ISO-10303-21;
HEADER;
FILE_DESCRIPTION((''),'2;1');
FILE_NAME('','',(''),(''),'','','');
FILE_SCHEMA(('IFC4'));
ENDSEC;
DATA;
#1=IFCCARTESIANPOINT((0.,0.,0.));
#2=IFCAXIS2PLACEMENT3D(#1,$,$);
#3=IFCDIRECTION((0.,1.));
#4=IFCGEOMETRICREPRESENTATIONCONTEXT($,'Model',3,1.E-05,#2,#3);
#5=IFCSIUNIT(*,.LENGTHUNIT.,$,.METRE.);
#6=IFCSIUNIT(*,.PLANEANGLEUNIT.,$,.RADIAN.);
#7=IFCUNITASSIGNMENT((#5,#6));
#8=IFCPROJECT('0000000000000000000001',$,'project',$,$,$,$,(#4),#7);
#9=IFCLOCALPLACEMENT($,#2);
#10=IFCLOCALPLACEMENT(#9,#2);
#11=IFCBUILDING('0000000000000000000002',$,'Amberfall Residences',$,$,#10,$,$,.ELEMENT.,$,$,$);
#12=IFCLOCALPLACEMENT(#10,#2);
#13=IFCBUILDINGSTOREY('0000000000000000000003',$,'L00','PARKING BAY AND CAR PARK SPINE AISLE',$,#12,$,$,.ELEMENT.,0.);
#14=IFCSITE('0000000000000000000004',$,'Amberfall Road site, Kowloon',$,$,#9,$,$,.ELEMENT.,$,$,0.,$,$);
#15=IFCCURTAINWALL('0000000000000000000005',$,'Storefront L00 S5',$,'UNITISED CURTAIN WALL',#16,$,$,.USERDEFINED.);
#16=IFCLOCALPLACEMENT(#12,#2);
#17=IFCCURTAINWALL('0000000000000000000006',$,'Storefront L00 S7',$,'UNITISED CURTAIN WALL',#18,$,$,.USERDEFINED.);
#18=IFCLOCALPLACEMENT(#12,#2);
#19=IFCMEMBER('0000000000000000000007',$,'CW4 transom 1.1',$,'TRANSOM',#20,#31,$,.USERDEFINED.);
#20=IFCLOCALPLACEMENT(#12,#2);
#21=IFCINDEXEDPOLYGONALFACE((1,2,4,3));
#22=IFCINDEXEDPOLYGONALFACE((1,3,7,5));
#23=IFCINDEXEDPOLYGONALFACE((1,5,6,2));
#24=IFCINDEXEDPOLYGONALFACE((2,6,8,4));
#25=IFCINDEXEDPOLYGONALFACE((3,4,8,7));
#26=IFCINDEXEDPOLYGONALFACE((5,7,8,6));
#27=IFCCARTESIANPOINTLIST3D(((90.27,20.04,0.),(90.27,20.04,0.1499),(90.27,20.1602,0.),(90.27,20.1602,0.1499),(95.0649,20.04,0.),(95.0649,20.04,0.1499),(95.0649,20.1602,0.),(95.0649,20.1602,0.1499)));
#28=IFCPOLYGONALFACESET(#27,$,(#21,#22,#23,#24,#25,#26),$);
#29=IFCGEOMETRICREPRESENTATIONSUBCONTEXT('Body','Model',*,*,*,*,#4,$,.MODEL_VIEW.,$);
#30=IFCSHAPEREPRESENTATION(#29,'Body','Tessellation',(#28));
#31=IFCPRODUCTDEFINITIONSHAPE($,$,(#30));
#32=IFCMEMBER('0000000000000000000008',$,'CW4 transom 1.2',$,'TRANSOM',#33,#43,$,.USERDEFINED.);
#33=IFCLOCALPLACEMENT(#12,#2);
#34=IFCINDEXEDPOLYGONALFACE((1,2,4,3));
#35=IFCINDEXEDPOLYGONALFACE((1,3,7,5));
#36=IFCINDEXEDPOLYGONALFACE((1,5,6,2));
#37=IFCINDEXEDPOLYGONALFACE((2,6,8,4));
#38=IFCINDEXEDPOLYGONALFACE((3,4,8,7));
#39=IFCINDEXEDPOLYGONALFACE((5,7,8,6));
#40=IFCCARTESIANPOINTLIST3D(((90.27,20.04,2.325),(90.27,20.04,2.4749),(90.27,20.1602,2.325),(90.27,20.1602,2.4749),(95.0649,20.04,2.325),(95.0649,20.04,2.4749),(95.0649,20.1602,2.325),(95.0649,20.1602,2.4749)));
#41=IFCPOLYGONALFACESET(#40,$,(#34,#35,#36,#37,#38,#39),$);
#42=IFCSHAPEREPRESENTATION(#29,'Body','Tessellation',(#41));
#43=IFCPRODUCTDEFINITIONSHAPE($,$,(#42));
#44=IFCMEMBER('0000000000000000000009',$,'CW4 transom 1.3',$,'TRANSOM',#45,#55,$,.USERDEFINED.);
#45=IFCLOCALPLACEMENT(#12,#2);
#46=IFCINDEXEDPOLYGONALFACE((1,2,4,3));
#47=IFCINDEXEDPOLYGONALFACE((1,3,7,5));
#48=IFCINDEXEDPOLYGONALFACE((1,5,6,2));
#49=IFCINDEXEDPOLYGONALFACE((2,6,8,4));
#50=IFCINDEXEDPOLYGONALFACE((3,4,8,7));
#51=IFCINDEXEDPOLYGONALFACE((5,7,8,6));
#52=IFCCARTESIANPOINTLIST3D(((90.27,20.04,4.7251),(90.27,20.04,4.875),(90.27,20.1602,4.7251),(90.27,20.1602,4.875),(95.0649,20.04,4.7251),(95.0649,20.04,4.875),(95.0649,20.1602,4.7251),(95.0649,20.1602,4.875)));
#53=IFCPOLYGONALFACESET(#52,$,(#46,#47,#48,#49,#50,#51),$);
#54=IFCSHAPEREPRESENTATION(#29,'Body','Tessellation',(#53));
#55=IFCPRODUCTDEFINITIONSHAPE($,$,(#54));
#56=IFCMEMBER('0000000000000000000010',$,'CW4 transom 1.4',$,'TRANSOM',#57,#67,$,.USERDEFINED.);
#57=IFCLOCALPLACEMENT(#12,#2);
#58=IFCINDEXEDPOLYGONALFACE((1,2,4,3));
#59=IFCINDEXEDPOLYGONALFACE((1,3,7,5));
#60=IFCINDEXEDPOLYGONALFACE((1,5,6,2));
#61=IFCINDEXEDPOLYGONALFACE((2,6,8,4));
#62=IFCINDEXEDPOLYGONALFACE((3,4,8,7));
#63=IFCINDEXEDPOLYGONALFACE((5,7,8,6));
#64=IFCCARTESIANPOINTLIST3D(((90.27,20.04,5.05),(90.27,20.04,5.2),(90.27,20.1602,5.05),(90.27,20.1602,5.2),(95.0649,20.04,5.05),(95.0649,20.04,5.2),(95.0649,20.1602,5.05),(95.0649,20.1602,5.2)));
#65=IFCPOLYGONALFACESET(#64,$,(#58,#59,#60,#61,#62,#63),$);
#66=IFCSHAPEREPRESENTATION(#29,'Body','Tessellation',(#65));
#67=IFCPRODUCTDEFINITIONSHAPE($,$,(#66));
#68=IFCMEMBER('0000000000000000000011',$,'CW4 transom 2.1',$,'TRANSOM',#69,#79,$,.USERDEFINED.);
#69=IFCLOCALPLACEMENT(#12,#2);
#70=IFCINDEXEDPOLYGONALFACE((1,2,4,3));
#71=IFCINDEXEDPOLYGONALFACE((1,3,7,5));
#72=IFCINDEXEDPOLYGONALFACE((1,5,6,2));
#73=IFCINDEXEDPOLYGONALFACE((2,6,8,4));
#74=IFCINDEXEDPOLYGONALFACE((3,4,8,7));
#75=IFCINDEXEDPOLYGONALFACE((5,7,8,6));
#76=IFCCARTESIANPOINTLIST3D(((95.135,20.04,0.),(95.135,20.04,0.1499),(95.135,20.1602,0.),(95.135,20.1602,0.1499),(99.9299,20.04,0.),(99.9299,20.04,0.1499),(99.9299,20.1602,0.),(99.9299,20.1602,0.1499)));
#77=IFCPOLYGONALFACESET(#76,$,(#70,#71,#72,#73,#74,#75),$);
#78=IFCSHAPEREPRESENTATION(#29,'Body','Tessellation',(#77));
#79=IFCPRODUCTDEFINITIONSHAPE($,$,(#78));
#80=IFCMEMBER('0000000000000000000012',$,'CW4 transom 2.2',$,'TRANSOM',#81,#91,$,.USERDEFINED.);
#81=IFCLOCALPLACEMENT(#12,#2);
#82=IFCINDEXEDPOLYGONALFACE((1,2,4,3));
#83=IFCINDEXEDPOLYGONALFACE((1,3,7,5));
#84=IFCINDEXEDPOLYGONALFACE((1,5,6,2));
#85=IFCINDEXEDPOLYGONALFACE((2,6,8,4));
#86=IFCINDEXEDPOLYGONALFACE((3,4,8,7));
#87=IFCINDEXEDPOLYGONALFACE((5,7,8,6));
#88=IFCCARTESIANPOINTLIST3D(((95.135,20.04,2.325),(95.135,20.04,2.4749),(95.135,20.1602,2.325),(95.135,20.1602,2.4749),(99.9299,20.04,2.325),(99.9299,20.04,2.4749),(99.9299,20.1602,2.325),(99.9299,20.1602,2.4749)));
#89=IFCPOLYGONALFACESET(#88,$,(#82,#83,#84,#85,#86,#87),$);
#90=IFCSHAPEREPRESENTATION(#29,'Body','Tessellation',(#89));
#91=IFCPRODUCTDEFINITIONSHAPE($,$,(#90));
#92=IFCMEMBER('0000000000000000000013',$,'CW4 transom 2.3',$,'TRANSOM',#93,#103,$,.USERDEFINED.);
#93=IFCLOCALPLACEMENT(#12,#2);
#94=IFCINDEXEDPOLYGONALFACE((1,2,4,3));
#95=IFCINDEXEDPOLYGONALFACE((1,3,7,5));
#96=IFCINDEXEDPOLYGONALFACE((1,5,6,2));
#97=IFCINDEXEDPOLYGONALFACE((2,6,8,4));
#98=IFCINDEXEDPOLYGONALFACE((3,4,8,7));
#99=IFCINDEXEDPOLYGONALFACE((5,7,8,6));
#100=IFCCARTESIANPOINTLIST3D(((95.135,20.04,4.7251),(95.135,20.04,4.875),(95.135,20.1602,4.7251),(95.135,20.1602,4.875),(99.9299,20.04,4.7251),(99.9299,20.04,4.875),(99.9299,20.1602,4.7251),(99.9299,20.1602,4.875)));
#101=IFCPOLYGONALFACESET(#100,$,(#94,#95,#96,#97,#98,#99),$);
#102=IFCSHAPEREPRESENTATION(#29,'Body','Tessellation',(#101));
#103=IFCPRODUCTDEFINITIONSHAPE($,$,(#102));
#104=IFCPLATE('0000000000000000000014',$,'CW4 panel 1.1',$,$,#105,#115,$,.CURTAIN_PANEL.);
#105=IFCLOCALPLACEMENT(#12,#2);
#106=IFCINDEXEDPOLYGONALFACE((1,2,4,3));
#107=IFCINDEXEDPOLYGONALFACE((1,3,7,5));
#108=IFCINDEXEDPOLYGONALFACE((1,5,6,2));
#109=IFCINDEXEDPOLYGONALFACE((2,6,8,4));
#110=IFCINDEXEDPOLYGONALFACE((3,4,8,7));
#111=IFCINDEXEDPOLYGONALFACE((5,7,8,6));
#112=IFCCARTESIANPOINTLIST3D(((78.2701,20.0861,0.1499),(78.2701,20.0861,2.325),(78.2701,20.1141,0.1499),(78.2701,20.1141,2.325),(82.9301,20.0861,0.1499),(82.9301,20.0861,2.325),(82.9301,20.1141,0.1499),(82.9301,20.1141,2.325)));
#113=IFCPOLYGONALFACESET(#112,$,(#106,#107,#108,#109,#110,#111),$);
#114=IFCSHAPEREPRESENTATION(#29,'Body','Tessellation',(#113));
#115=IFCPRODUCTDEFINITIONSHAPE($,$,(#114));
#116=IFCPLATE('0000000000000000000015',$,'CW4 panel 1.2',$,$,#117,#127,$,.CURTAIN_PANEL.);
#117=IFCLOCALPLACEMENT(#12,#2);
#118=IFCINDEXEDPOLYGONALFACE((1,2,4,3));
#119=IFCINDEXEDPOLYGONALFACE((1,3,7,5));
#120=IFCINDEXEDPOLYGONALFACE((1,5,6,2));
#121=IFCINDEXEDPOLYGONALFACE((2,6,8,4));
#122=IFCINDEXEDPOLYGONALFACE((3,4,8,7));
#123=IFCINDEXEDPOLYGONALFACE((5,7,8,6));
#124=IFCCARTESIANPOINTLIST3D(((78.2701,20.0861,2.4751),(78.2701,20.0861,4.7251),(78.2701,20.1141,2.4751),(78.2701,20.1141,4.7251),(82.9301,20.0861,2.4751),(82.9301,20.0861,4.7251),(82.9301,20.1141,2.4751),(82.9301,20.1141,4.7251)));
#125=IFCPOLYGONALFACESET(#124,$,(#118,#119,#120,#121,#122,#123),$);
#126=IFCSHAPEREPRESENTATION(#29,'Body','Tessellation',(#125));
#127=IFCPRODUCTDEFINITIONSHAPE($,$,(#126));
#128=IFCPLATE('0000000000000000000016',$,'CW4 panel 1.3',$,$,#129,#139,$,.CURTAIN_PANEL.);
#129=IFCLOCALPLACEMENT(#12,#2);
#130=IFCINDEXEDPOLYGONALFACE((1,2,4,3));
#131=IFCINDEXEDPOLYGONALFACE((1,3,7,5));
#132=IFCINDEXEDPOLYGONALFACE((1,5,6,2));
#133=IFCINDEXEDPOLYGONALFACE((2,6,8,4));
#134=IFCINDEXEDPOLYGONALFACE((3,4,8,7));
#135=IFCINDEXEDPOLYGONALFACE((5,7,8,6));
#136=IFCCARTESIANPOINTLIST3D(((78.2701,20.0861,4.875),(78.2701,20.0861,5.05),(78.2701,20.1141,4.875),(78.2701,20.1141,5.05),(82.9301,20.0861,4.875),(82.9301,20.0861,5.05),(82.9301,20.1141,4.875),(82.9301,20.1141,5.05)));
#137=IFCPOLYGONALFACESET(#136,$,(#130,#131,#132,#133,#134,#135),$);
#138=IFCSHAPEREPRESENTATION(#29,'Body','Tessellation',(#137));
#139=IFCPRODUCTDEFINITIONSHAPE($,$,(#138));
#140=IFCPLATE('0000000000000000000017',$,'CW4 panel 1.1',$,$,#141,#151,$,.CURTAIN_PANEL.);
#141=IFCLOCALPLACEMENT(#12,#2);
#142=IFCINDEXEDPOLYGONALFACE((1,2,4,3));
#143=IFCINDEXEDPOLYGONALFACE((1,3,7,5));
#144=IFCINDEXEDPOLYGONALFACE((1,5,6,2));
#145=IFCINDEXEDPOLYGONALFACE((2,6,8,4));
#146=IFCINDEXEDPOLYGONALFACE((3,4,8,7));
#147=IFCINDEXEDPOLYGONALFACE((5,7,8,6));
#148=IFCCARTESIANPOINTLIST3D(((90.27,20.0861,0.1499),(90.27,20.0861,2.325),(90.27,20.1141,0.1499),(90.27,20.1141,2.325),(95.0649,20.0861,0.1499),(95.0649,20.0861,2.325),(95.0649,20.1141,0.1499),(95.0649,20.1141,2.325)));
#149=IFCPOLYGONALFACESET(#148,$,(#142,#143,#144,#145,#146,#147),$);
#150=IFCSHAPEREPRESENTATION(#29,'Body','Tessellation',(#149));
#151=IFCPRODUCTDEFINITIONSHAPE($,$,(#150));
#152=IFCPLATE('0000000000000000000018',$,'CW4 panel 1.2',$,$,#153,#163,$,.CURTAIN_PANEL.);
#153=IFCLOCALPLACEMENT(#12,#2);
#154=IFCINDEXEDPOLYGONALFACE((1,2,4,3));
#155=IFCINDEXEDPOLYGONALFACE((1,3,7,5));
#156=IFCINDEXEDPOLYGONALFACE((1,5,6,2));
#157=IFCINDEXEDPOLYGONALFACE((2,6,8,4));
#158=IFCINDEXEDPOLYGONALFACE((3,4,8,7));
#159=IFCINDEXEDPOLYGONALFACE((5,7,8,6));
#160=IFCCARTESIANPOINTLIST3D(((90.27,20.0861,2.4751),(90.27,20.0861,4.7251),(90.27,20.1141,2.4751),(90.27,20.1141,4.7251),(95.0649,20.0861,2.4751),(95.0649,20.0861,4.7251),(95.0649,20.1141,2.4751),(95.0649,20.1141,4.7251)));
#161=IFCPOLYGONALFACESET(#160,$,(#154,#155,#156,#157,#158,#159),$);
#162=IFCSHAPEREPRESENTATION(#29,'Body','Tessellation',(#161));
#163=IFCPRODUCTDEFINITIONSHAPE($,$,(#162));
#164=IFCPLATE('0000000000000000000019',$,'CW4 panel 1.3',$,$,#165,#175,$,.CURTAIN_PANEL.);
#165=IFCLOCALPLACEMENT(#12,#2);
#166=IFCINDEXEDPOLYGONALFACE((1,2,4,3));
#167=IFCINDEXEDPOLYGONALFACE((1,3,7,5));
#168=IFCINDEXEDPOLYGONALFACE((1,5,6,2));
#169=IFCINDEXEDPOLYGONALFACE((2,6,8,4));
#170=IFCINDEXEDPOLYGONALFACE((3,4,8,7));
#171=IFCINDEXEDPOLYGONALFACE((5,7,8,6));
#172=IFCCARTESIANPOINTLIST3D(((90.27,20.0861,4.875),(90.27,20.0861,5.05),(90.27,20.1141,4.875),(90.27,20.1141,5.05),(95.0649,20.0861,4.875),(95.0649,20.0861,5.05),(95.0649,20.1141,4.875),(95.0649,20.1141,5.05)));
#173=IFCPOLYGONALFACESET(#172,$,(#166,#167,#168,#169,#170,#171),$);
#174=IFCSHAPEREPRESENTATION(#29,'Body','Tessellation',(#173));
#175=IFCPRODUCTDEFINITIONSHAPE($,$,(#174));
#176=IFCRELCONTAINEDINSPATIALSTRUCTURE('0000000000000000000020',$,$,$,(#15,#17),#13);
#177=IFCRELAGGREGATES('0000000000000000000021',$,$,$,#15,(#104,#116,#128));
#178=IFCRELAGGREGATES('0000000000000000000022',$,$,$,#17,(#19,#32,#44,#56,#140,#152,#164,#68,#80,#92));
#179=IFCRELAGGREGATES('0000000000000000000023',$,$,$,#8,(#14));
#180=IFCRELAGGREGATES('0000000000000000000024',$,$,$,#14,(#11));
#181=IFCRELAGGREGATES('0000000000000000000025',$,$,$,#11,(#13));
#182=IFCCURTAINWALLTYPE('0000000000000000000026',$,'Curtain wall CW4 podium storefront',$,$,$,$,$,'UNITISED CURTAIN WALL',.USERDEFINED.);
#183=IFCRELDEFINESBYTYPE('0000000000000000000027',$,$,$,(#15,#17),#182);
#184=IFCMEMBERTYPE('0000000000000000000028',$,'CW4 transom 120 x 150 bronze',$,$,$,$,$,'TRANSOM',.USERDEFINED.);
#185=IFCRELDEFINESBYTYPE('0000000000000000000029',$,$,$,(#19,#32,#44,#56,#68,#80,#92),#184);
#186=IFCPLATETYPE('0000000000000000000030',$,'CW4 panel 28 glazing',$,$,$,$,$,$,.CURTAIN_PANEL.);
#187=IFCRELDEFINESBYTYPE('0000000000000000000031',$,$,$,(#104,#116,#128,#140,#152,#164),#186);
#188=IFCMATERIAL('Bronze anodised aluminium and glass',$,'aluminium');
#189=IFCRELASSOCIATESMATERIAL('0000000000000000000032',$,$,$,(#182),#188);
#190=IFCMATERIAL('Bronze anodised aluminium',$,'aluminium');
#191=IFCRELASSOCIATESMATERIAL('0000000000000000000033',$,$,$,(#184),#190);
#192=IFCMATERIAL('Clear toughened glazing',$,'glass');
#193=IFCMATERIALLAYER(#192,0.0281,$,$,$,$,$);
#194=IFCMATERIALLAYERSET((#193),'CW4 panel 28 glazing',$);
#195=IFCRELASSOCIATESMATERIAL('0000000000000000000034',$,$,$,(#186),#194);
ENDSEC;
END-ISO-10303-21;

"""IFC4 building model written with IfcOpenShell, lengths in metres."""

from ifc_helpers import new_model, si_unit, direction, frame, origin, origin_2d, place, context, subcontext, project, spatial, rectangle, extrude, material, layer, layer_set, material_profile, profile_set, type_object, element, aggregate, save


model = new_model("IFC4")

# Units and contexts
model_context = context("Model", 3, precision=1e-05, world=origin(), true_north=direction((0.0, 1.0)))
body_context = subcontext(model_context, "Body", "Model", "MODEL_VIEW")
ifc_project = project(units=[si_unit("LENGTHUNIT", "METRE"), si_unit("PLANEANGLEUNIT", "RADIAN")], contexts=[model_context])

# Site, building, storey
site_placement = place(None, origin())
site = spatial("IfcSite", under=ifc_project, at=site_placement, Name="Amberfall Road site, Kowloon", CompositionType="ELEMENT", RefElevation=0.0)
building_placement = place(site_placement, origin())
building = spatial("IfcBuilding", under=site, at=building_placement, Name="Amberfall Residences", CompositionType="ELEMENT")
storey_placement = place(building_placement, origin())
storey = spatial("IfcBuildingStorey", under=building, at=storey_placement, Name="L00", Description="PARKING BAY AND CAR PARK SPINE AISLE", CompositionType="ELEMENT", Elevation=0.0)

# Curtain wall
ifc_material_1 = material(Name="Bronze anodised aluminium and glass", Category="aluminium")
curtain_wall_type = type_object("IfcCurtainWallType", Name="Curtain wall CW4 podium storefront", ElementType="UNITISED CURTAIN WALL", PredefinedType="USERDEFINED", material=ifc_material_1)
curtain_wall_1_placement = place(storey_placement, origin())
curtain_wall_1 = element("IfcCurtainWall", 1, at=curtain_wall_1_placement, inside=storey, type_object=curtain_wall_type, Name="Storefront L00 S5", ObjectType="UNITISED CURTAIN WALL", PredefinedType="USERDEFINED")
ifc_material_2 = material(Name="Bronze anodised aluminium", Category="aluminium")

# Curtain wall, members
curtain_wall_2_placement = place(storey_placement, origin())
curtain_wall_2 = element("IfcCurtainWall", 2, at=curtain_wall_2_placement, inside=storey, type_object=curtain_wall_type, Name="Storefront L00 S7", ObjectType="UNITISED CURTAIN WALL", PredefinedType="USERDEFINED")
ifc_material_profile_1 = material_profile(ifc_material_2, rectangle(XDim=0.1201, YDim=0.1499, at=origin_2d()), Name="CW4 transom 120 x 150 bronze")
ifc_profile_set_1 = profile_set([ifc_material_profile_1], Name="Bronze anodised aluminium")
member_type_1 = type_object("IfcMemberType", Name="CW4 transom 120 x 150 bronze", ElementType="TRANSOM", PredefinedType="USERDEFINED", material=ifc_profile_set_1)
member_1_placement = place(storey_placement, frame((90.27, 20.1001, 0.075), z_axis=(1.0, 0.0, 0.0), x_axis=(0.0, 1.0, 0.0)))
member_1 = element("IfcMember", 3, at=member_1_placement, type_object=member_type_1, Name="CW4 transom 1.1", ObjectType="TRANSOM", PredefinedType="USERDEFINED", context=body_context, shape_type="SweptSolid", body=[
    extrude(rectangle(XDim=0.1201, YDim=0.1499, at=origin_2d()), origin(), (0.0, 0.0, 1.0), 4.7949),
])
member_2_placement = place(storey_placement, frame((90.27, 20.1001, 2.3999), z_axis=(1.0, 0.0, 0.0), x_axis=(0.0, 1.0, 0.0)))
member_2 = element("IfcMember", 4, at=member_2_placement, type_object=member_type_1, Name="CW4 transom 1.2", ObjectType="TRANSOM", PredefinedType="USERDEFINED", context=body_context, shape_type="SweptSolid", body=[
    extrude(rectangle(XDim=0.1201, YDim=0.1499, at=origin_2d()), origin(), (0.0, 0.0, 1.0), 4.7949),
])
member_3_placement = place(storey_placement, frame((90.27, 20.1001, 4.8), z_axis=(1.0, 0.0, 0.0), x_axis=(0.0, 1.0, 0.0)))
member_3 = element("IfcMember", 5, at=member_3_placement, type_object=member_type_1, Name="CW4 transom 1.3", ObjectType="TRANSOM", PredefinedType="USERDEFINED", context=body_context, shape_type="SweptSolid", body=[
    extrude(rectangle(XDim=0.1201, YDim=0.1499, at=origin_2d()), origin(), (0.0, 0.0, 1.0), 4.7949),
])
member_4_placement = place(storey_placement, frame((90.27, 20.1001, 5.125), z_axis=(1.0, 0.0, 0.0), x_axis=(0.0, 1.0, 0.0)))
member_4 = element("IfcMember", 6, at=member_4_placement, type_object=member_type_1, Name="CW4 transom 1.4", ObjectType="TRANSOM", PredefinedType="USERDEFINED", context=body_context, shape_type="SweptSolid", body=[
    extrude(rectangle(XDim=0.1201, YDim=0.1499, at=origin_2d()), origin(), (0.0, 0.0, 1.0), 4.7949),
])
member_5_placement = place(storey_placement, frame((95.135, 20.1001, 0.075), z_axis=(1.0, 0.0, 0.0), x_axis=(0.0, 1.0, 0.0)))
member_5 = element("IfcMember", 7, at=member_5_placement, type_object=member_type_1, Name="CW4 transom 2.1", ObjectType="TRANSOM", PredefinedType="USERDEFINED", context=body_context, shape_type="SweptSolid", body=[
    extrude(rectangle(XDim=0.1201, YDim=0.1499, at=origin_2d()), origin(), (0.0, 0.0, 1.0), 4.7949),
])
member_6_placement = place(storey_placement, frame((95.135, 20.1001, 2.3999), z_axis=(1.0, 0.0, 0.0), x_axis=(0.0, 1.0, 0.0)))
member_6 = element("IfcMember", 8, at=member_6_placement, type_object=member_type_1, Name="CW4 transom 2.2", ObjectType="TRANSOM", PredefinedType="USERDEFINED", context=body_context, shape_type="SweptSolid", body=[
    extrude(rectangle(XDim=0.1201, YDim=0.1499, at=origin_2d()), origin(), (0.0, 0.0, 1.0), 4.7949),
])
member_7_placement = place(storey_placement, frame((95.135, 20.1001, 4.8), z_axis=(1.0, 0.0, 0.0), x_axis=(0.0, 1.0, 0.0)))
member_7 = element("IfcMember", 9, at=member_7_placement, type_object=member_type_1, Name="CW4 transom 2.3", ObjectType="TRANSOM", PredefinedType="USERDEFINED", context=body_context, shape_type="SweptSolid", body=[
    extrude(rectangle(XDim=0.1201, YDim=0.1499, at=origin_2d()), origin(), (0.0, 0.0, 1.0), 4.7949),
])

# Plates
ifc_material_3 = material(Name="Clear toughened glazing", Category="glass")
ifc_layer_1 = layer(ifc_material_3, 0.0281)
ifc_layer_set_1 = layer_set([ifc_layer_1], Name="CW4 panel 28 glazing")
plate_type = type_object("IfcPlateType", Name="CW4 panel 28 glazing", PredefinedType="CURTAIN_PANEL", material=ifc_layer_set_1)
plate_1_placement = place(storey_placement, frame((80.6001, 20.1001, 0.1499), z_axis=(0.0, 0.0, 1.0), x_axis=(1.0, 0.0, 0.0)))
plate_1 = element("IfcPlate", 10, at=plate_1_placement, type_object=plate_type, Name="CW4 panel 1.1", PredefinedType="CURTAIN_PANEL", context=body_context, shape_type="SweptSolid", body=[
    extrude(rectangle(XDim=4.6599, YDim=0.0281, at=origin_2d()), origin(), (0.0, 0.0, 1.0), 2.175),
])
plate_2_placement = place(storey_placement, frame((80.6001, 20.1001, 2.4751), z_axis=(0.0, 0.0, 1.0), x_axis=(1.0, 0.0, 0.0)))
plate_2 = element("IfcPlate", 11, at=plate_2_placement, type_object=plate_type, Name="CW4 panel 1.2", PredefinedType="CURTAIN_PANEL", context=body_context, shape_type="SweptSolid", body=[
    extrude(rectangle(XDim=4.6599, YDim=0.0281, at=origin_2d()), origin(), (0.0, 0.0, 1.0), 2.25),
])
plate_3_placement = place(storey_placement, frame((80.6001, 20.1001, 4.875), z_axis=(0.0, 0.0, 1.0), x_axis=(1.0, 0.0, 0.0)))
plate_3 = element("IfcPlate", 12, at=plate_3_placement, type_object=plate_type, Name="CW4 panel 1.3", PredefinedType="CURTAIN_PANEL", context=body_context, shape_type="SweptSolid", body=[
    extrude(rectangle(XDim=4.6599, YDim=0.0281, at=origin_2d()), origin(), (0.0, 0.0, 1.0), 0.175),
])
aggregate(curtain_wall_1, [plate_1, plate_2, plate_3])
plate_4_placement = place(storey_placement, frame((92.6675, 20.1001, 0.1499), z_axis=(0.0, 0.0, 1.0), x_axis=(1.0, 0.0, 0.0)))
plate_4 = element("IfcPlate", 13, at=plate_4_placement, type_object=plate_type, Name="CW4 panel 1.1", PredefinedType="CURTAIN_PANEL", context=body_context, shape_type="SweptSolid", body=[
    extrude(rectangle(XDim=4.7949, YDim=0.0281, at=origin_2d()), origin(), (0.0, 0.0, 1.0), 2.175),
])
plate_5_placement = place(storey_placement, frame((92.6675, 20.1001, 2.4751), z_axis=(0.0, 0.0, 1.0), x_axis=(1.0, 0.0, 0.0)))
plate_5 = element("IfcPlate", 14, at=plate_5_placement, type_object=plate_type, Name="CW4 panel 1.2", PredefinedType="CURTAIN_PANEL", context=body_context, shape_type="SweptSolid", body=[
    extrude(rectangle(XDim=4.7949, YDim=0.0281, at=origin_2d()), origin(), (0.0, 0.0, 1.0), 2.25),
])
plate_6_placement = place(storey_placement, frame((92.6675, 20.1001, 4.875), z_axis=(0.0, 0.0, 1.0), x_axis=(1.0, 0.0, 0.0)))
plate_6 = element("IfcPlate", 15, at=plate_6_placement, type_object=plate_type, Name="CW4 panel 1.3", PredefinedType="CURTAIN_PANEL", context=body_context, shape_type="SweptSolid", body=[
    extrude(rectangle(XDim=4.7949, YDim=0.0281, at=origin_2d()), origin(), (0.0, 0.0, 1.0), 0.175),
])
aggregate(curtain_wall_2, [member_1, member_2, member_3, member_4, plate_4, plate_5, plate_6, member_5, member_6, member_7])

save(model, "model.ifc")
